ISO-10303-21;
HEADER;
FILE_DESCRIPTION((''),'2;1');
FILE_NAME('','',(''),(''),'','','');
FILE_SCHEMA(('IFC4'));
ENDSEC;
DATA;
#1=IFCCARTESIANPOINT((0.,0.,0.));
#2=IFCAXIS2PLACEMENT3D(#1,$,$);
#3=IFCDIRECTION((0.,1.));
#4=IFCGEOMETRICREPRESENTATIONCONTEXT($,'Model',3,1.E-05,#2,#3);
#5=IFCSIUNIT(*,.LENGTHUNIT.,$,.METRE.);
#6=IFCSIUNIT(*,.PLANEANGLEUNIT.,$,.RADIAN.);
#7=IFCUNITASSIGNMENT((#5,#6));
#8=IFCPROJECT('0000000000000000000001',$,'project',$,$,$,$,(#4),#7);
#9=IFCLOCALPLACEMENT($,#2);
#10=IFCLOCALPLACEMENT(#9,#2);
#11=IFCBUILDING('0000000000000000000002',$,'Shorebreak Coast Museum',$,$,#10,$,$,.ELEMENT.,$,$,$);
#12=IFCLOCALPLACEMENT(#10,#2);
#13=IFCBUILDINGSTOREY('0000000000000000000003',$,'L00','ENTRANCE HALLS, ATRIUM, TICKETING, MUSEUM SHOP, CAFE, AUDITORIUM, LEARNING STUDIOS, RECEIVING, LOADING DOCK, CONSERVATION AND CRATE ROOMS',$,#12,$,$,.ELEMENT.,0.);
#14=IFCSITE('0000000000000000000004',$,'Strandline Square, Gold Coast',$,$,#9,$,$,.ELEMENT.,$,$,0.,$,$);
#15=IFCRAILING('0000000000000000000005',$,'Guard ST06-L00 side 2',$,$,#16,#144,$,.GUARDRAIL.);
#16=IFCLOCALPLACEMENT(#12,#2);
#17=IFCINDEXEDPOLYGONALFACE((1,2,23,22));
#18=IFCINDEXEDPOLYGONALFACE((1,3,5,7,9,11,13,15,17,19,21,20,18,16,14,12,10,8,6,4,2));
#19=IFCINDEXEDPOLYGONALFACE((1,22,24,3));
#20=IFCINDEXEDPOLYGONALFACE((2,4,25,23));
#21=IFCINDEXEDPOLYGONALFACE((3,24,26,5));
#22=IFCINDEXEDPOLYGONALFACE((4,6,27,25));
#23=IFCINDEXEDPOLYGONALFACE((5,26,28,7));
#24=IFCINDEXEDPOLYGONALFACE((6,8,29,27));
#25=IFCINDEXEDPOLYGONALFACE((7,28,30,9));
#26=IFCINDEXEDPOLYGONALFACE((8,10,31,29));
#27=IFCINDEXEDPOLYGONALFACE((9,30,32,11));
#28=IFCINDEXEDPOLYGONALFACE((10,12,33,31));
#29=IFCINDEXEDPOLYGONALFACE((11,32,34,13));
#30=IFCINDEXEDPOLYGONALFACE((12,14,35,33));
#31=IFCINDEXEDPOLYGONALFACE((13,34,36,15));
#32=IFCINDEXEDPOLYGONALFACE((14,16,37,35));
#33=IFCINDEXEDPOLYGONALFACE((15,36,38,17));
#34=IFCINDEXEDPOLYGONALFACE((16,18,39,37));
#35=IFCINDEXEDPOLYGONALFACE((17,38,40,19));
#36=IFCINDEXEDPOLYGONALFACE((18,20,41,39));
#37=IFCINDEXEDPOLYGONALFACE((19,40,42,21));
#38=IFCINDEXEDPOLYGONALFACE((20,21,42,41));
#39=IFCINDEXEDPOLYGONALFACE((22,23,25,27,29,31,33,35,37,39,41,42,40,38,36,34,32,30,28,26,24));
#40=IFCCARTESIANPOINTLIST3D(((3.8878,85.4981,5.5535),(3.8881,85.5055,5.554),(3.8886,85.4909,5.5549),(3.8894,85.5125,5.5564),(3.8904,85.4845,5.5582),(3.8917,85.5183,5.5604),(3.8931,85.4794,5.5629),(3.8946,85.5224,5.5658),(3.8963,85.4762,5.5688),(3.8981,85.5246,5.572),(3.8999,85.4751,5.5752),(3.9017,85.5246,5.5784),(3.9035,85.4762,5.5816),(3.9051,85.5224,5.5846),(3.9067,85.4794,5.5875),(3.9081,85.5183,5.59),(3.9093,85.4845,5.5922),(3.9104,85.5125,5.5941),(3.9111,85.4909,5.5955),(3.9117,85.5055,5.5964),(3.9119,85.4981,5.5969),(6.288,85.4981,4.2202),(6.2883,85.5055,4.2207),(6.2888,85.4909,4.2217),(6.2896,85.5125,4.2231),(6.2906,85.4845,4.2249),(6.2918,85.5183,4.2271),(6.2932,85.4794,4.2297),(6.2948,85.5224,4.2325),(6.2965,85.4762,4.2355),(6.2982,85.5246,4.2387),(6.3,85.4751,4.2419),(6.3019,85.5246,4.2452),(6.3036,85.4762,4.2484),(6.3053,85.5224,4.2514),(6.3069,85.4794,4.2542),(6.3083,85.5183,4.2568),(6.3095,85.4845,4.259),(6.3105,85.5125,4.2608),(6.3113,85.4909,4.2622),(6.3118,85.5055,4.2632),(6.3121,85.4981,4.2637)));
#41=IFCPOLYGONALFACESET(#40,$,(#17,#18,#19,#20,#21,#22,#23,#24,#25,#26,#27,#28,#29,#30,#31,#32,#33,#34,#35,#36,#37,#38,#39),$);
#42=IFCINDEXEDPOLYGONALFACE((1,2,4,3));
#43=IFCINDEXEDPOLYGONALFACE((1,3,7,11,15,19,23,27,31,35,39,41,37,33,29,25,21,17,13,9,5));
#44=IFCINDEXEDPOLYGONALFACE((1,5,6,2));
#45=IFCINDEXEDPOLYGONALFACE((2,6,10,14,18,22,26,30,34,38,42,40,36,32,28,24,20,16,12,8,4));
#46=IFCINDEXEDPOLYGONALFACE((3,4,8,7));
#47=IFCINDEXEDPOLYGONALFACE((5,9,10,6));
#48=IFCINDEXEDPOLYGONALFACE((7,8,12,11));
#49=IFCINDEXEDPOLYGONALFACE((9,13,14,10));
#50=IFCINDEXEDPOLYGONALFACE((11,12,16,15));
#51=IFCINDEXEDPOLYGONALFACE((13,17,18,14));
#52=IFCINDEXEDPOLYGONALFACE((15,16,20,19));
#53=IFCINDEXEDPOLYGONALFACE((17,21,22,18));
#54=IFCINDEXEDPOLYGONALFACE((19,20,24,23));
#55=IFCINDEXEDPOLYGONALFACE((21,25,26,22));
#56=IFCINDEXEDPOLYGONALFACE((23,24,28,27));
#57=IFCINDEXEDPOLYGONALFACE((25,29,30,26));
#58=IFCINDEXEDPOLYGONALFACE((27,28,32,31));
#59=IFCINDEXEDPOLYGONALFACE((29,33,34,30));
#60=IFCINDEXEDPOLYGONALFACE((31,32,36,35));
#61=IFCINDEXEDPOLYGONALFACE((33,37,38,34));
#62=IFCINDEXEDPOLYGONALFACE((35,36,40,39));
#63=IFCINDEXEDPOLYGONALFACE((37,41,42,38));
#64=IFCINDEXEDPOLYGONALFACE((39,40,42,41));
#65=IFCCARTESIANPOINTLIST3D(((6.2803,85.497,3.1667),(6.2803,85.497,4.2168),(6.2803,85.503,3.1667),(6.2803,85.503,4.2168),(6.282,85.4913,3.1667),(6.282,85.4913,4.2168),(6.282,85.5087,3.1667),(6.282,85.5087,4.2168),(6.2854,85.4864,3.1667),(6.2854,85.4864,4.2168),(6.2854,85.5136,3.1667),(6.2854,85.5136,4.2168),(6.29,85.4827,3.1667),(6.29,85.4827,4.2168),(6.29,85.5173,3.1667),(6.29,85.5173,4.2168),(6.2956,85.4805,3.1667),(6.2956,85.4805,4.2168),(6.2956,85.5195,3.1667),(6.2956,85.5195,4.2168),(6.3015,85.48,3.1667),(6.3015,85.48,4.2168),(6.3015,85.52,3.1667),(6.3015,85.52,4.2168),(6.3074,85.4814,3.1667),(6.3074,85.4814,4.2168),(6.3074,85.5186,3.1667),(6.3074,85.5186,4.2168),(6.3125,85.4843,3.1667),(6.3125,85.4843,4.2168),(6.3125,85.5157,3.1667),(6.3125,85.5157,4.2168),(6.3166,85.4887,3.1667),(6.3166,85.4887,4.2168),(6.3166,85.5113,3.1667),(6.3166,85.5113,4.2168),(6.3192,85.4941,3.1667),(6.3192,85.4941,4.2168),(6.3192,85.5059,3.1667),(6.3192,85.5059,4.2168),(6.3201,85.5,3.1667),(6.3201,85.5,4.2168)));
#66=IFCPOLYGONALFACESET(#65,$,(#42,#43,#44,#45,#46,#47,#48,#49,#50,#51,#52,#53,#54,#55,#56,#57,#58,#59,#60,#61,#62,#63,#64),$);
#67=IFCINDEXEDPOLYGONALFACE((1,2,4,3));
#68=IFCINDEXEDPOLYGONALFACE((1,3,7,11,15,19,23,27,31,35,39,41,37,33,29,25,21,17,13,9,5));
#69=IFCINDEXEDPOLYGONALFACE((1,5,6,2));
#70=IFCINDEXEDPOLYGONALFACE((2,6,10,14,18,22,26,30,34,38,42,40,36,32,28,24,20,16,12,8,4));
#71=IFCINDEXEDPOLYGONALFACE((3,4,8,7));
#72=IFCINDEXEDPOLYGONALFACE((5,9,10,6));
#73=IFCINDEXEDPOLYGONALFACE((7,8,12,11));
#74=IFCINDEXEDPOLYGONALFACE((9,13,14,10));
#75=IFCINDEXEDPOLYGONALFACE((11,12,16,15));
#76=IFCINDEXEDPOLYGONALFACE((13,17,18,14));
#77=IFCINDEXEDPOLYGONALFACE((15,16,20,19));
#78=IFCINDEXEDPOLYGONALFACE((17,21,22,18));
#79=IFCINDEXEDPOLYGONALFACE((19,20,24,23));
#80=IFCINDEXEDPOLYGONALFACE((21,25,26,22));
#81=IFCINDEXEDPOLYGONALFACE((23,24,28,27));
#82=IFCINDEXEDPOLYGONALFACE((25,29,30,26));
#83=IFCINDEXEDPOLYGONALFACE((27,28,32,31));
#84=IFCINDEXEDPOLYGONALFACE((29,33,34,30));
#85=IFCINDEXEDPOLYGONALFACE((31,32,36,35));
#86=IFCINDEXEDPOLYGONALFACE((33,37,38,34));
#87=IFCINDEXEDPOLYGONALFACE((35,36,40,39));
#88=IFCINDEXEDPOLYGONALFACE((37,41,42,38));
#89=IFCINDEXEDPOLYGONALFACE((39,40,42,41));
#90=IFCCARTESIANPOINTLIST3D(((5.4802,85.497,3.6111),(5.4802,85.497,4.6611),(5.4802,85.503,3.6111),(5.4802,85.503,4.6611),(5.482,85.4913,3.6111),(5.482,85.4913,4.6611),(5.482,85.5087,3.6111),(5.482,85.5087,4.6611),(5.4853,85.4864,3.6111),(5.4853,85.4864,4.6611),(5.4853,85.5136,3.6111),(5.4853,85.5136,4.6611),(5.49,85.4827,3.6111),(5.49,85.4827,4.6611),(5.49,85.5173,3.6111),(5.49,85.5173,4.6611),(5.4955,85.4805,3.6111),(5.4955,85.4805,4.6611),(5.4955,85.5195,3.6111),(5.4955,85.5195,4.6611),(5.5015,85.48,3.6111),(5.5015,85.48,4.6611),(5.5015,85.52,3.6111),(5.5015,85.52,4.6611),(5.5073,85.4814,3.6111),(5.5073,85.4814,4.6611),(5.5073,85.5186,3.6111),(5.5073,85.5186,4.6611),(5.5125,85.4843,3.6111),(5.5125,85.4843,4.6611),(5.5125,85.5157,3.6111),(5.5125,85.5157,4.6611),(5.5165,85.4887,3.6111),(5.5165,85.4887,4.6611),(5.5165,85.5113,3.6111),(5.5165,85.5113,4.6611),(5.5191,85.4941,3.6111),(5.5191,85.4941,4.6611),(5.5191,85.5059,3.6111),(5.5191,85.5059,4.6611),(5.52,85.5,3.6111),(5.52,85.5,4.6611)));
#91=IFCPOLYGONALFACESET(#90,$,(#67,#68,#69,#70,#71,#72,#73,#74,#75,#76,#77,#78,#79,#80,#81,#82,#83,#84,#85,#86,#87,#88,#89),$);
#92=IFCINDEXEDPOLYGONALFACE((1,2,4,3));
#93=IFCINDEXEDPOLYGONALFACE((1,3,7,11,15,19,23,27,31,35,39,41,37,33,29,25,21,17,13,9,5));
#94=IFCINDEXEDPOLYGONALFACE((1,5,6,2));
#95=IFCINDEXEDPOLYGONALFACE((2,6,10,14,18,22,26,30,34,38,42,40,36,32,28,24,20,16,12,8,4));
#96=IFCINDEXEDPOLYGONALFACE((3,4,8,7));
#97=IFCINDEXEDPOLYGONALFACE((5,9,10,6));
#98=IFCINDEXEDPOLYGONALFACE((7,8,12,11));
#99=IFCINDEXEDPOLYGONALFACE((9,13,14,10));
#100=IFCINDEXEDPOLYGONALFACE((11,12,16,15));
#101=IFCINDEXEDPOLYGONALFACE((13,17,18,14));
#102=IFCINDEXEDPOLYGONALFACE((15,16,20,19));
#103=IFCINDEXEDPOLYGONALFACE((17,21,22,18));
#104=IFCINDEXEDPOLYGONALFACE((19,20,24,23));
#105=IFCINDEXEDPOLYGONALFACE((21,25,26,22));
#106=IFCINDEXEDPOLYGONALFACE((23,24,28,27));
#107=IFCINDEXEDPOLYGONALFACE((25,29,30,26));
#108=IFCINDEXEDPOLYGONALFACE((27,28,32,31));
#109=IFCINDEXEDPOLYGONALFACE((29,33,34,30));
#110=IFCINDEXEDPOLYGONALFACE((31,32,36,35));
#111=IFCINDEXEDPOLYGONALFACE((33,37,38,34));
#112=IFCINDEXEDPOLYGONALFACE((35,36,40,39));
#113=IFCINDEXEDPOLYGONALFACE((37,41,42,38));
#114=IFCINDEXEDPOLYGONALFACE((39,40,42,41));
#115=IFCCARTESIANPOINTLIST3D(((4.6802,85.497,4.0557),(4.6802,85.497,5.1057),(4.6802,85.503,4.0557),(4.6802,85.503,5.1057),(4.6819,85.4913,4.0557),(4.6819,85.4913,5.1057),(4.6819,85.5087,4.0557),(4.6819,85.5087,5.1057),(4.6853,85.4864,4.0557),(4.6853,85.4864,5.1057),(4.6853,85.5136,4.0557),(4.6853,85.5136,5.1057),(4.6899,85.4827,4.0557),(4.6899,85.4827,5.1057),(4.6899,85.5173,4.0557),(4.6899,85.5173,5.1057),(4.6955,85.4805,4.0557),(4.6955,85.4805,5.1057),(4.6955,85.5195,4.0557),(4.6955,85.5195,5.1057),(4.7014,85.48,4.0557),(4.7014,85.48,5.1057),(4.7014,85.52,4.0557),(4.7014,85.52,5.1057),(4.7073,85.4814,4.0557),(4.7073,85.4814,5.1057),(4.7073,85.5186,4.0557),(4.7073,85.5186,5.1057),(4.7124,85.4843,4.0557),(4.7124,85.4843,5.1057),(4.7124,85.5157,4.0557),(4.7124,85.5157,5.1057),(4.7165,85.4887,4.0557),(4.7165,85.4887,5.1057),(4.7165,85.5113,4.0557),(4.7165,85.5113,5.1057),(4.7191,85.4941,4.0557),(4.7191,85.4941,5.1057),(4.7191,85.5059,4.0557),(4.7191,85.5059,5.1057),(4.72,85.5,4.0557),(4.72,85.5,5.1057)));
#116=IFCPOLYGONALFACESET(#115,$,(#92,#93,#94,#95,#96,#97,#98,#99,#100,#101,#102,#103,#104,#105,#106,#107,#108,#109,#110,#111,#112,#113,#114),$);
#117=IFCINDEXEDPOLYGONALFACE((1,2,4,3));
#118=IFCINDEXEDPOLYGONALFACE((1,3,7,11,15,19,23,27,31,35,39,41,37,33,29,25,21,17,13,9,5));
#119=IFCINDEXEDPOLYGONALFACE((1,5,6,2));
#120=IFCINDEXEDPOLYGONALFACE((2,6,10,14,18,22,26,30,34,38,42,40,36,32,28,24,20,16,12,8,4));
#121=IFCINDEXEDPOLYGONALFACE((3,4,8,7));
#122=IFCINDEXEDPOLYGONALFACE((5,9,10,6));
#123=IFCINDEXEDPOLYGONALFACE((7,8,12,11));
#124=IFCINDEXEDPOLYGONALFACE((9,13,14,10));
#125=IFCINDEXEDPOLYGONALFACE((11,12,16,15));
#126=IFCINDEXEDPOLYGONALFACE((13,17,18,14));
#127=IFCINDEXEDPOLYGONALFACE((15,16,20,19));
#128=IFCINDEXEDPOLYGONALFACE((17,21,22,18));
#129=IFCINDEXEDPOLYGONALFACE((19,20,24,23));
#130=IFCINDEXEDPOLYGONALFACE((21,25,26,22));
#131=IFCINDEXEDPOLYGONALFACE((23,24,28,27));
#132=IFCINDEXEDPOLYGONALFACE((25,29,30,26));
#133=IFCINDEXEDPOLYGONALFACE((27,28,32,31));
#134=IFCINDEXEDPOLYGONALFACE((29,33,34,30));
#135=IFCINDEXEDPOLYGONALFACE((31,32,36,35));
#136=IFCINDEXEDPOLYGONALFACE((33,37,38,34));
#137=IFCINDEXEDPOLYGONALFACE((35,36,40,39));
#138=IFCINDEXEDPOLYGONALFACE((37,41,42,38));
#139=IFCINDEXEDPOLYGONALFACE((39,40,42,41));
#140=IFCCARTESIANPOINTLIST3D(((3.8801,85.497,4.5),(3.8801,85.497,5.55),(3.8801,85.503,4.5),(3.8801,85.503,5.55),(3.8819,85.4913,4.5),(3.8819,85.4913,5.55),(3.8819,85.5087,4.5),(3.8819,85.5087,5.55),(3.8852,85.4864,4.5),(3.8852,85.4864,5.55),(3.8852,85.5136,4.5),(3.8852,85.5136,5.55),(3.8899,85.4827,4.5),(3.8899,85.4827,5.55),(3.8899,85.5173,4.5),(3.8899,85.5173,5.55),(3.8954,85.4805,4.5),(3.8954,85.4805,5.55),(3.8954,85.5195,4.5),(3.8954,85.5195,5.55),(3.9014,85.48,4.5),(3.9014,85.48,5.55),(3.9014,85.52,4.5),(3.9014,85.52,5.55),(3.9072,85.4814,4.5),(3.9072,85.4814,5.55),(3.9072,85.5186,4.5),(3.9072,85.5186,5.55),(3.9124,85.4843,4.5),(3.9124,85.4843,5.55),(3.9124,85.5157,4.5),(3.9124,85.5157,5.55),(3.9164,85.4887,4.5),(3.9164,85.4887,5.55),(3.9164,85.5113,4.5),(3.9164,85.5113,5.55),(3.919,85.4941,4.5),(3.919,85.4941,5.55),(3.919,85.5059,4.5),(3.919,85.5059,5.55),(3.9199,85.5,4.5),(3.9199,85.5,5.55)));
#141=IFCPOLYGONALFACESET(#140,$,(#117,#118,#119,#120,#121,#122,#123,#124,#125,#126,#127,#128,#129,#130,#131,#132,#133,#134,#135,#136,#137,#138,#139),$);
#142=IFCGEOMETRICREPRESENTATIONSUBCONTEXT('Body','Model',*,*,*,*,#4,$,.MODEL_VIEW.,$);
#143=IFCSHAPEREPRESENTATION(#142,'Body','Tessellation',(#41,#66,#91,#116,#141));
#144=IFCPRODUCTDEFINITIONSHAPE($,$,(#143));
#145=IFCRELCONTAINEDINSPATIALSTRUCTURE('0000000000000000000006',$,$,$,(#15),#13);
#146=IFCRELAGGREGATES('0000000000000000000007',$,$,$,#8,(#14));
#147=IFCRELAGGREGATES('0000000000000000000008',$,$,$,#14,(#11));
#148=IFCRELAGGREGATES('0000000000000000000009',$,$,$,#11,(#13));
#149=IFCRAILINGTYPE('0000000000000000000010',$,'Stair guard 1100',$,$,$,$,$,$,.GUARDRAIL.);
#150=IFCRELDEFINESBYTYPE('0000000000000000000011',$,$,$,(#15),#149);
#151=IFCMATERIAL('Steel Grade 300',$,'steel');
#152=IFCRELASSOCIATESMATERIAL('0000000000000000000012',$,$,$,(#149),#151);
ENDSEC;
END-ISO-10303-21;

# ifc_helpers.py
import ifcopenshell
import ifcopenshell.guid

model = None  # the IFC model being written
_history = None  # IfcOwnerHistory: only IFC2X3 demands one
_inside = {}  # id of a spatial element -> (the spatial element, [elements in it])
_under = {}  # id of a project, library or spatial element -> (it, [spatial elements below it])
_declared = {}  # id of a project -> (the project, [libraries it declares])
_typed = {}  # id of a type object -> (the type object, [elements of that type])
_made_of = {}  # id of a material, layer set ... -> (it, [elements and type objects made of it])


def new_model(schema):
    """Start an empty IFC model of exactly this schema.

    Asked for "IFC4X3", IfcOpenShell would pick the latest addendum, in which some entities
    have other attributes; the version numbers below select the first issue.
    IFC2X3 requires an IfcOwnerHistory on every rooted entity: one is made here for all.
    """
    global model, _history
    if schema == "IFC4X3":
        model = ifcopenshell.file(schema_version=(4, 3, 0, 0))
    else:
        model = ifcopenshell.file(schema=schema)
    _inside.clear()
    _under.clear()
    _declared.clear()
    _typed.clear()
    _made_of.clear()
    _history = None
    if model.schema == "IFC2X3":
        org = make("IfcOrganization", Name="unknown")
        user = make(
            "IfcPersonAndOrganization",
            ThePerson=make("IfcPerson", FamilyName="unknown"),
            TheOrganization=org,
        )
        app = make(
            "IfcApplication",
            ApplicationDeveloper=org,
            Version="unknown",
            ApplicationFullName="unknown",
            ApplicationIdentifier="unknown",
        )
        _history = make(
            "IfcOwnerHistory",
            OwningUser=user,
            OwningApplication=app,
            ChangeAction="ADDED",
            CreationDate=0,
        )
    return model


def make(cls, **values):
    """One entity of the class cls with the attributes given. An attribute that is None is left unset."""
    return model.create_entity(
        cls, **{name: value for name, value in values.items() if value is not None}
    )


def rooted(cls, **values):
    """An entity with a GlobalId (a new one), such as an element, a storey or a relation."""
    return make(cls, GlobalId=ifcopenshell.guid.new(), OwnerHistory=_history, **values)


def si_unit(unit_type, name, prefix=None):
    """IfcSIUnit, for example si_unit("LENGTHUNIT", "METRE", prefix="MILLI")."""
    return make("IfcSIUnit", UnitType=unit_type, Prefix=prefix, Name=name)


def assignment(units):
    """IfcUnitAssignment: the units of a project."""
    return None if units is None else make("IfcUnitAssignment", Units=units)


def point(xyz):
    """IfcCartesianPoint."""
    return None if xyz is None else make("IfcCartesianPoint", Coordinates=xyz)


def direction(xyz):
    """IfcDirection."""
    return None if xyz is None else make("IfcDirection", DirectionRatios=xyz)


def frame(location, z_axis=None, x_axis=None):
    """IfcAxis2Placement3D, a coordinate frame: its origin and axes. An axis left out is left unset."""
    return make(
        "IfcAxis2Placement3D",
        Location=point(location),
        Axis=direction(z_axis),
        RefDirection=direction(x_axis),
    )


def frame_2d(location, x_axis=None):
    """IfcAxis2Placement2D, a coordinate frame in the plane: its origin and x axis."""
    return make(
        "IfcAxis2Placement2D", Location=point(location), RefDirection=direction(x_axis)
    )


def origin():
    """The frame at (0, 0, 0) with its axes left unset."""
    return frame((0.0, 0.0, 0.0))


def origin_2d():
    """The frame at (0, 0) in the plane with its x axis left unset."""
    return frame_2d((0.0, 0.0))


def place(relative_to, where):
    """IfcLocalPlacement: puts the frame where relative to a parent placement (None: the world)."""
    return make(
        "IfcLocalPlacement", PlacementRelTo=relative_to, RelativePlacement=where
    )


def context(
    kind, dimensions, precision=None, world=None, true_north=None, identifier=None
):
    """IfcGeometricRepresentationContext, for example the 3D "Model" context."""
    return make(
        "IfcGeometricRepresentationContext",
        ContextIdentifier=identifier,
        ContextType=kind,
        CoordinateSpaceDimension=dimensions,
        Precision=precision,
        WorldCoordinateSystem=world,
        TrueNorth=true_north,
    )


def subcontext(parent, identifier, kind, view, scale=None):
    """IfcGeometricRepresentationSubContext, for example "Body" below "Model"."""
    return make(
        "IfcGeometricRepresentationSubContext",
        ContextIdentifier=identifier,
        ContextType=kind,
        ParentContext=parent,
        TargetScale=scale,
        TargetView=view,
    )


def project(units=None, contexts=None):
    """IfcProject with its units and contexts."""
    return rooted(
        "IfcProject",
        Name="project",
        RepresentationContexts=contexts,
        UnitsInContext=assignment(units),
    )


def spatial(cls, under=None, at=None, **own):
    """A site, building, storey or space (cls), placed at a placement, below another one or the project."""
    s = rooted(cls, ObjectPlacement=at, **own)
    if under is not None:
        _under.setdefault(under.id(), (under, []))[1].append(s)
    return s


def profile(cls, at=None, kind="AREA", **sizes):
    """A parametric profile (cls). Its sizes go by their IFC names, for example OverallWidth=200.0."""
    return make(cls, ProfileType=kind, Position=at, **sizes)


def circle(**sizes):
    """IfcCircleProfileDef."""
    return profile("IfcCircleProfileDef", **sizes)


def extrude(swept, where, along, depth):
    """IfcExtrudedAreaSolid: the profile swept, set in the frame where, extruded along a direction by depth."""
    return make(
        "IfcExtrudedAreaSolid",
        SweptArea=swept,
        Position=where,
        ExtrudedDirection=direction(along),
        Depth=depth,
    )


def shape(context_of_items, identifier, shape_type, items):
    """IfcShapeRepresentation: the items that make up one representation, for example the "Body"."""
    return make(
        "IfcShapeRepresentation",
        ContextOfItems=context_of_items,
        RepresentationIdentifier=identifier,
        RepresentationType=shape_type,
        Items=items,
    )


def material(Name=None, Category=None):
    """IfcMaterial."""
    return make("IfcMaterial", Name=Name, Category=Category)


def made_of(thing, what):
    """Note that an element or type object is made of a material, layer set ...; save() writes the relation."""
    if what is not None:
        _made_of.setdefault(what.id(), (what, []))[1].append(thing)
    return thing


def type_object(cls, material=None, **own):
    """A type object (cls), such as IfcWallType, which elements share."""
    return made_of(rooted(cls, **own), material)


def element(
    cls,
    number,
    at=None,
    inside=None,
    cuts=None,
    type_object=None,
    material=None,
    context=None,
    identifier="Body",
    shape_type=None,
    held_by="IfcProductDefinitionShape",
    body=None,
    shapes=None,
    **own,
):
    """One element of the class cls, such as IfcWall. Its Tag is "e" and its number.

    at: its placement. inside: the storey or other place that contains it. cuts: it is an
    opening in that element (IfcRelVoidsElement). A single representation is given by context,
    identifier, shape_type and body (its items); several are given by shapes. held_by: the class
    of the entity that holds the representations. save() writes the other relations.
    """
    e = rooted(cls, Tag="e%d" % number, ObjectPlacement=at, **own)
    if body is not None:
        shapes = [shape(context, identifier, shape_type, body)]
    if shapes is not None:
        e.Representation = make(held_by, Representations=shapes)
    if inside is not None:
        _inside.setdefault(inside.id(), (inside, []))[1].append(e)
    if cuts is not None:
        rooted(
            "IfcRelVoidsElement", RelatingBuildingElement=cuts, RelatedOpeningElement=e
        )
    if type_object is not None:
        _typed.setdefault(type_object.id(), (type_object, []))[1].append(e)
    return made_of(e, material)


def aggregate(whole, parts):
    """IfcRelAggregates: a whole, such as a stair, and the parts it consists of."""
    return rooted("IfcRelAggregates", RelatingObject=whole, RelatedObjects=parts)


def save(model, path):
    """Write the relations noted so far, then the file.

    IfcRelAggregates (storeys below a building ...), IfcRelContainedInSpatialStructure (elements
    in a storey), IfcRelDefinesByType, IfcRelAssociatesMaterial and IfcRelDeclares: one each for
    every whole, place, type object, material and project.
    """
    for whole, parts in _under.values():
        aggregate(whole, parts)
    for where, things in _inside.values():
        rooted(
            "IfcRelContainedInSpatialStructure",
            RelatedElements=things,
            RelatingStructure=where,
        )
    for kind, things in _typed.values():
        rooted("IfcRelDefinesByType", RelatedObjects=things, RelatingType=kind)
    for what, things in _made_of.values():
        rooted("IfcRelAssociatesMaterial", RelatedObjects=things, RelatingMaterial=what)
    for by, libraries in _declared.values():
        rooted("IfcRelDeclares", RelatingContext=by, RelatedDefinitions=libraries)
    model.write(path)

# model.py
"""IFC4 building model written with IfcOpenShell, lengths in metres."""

from ifc_helpers import new_model, si_unit, direction, frame, origin, origin_2d, place, context, subcontext, project, spatial, circle, extrude, material, type_object, element, save


model = new_model("IFC4")

# Units and contexts
model_context = context("Model", 3, precision=1e-05, world=origin(), true_north=direction((0.0, 1.0)))
body_context = subcontext(model_context, "Body", "Model", "MODEL_VIEW")
ifc_project = project(units=[si_unit("LENGTHUNIT", "METRE"), si_unit("PLANEANGLEUNIT", "RADIAN")], contexts=[model_context])

# Site, building, storey
site_placement = place(None, origin())
site = spatial("IfcSite", under=ifc_project, at=site_placement, Name="Strandline Square, Gold Coast", CompositionType="ELEMENT", RefElevation=0.0)
building_placement = place(site_placement, origin())
building = spatial("IfcBuilding", under=site, at=building_placement, Name="Shorebreak Coast Museum", CompositionType="ELEMENT")
storey_placement = place(building_placement, origin())
storey = spatial("IfcBuildingStorey", under=building, at=storey_placement, Name="L00", Description="ENTRANCE HALLS, ATRIUM, TICKETING, MUSEUM SHOP, CAFE, AUDITORIUM, LEARNING STUDIOS, RECEIVING, LOADING DOCK, CONSERVATION AND CRATE ROOMS", CompositionType="ELEMENT", Elevation=0.0)

# Railing
ifc_material_1 = material(Name="Steel Grade 300", Category="steel")
railing_type_1 = type_object("IfcRailingType", Name="Stair guard 1100", PredefinedType="GUARDRAIL", material=ifc_material_1)
railing_1_placement = place(storey_placement, frame((6.3, 85.5, 3.1667)))
element("IfcRailing", 1, at=railing_1_placement, inside=storey, type_object=railing_type_1, Name="Guard ST06-L00 side 2", PredefinedType="GUARDRAIL", context=body_context, shape_type="SweptSolid", body=[
    extrude(circle(Radius=0.0249, at=origin_2d()), frame((0.0, 0.0, 1.0752), z_axis=(-0.874182, 0.0, 0.485598), x_axis=(0.0, -1.0, 0.0)), (0.0, 0.0, 1.0), 2.7456),
    extrude(circle(Radius=0.02, at=origin_2d()), origin(), (0.0, 0.0, 1.0), 1.05),
    extrude(circle(Radius=0.02, at=origin_2d()), frame((-0.8, 0.0, 0.4443)), (0.0, 0.0, 1.0), 1.05),
    extrude(circle(Radius=0.02, at=origin_2d()), frame((-1.6001, 0.0, 0.8889)), (0.0, 0.0, 1.0), 1.05),
    extrude(circle(Radius=0.02, at=origin_2d()), frame((-2.4001, 0.0, 1.3333)), (0.0, 0.0, 1.0), 1.05),
])

save(model, "model.ifc")
